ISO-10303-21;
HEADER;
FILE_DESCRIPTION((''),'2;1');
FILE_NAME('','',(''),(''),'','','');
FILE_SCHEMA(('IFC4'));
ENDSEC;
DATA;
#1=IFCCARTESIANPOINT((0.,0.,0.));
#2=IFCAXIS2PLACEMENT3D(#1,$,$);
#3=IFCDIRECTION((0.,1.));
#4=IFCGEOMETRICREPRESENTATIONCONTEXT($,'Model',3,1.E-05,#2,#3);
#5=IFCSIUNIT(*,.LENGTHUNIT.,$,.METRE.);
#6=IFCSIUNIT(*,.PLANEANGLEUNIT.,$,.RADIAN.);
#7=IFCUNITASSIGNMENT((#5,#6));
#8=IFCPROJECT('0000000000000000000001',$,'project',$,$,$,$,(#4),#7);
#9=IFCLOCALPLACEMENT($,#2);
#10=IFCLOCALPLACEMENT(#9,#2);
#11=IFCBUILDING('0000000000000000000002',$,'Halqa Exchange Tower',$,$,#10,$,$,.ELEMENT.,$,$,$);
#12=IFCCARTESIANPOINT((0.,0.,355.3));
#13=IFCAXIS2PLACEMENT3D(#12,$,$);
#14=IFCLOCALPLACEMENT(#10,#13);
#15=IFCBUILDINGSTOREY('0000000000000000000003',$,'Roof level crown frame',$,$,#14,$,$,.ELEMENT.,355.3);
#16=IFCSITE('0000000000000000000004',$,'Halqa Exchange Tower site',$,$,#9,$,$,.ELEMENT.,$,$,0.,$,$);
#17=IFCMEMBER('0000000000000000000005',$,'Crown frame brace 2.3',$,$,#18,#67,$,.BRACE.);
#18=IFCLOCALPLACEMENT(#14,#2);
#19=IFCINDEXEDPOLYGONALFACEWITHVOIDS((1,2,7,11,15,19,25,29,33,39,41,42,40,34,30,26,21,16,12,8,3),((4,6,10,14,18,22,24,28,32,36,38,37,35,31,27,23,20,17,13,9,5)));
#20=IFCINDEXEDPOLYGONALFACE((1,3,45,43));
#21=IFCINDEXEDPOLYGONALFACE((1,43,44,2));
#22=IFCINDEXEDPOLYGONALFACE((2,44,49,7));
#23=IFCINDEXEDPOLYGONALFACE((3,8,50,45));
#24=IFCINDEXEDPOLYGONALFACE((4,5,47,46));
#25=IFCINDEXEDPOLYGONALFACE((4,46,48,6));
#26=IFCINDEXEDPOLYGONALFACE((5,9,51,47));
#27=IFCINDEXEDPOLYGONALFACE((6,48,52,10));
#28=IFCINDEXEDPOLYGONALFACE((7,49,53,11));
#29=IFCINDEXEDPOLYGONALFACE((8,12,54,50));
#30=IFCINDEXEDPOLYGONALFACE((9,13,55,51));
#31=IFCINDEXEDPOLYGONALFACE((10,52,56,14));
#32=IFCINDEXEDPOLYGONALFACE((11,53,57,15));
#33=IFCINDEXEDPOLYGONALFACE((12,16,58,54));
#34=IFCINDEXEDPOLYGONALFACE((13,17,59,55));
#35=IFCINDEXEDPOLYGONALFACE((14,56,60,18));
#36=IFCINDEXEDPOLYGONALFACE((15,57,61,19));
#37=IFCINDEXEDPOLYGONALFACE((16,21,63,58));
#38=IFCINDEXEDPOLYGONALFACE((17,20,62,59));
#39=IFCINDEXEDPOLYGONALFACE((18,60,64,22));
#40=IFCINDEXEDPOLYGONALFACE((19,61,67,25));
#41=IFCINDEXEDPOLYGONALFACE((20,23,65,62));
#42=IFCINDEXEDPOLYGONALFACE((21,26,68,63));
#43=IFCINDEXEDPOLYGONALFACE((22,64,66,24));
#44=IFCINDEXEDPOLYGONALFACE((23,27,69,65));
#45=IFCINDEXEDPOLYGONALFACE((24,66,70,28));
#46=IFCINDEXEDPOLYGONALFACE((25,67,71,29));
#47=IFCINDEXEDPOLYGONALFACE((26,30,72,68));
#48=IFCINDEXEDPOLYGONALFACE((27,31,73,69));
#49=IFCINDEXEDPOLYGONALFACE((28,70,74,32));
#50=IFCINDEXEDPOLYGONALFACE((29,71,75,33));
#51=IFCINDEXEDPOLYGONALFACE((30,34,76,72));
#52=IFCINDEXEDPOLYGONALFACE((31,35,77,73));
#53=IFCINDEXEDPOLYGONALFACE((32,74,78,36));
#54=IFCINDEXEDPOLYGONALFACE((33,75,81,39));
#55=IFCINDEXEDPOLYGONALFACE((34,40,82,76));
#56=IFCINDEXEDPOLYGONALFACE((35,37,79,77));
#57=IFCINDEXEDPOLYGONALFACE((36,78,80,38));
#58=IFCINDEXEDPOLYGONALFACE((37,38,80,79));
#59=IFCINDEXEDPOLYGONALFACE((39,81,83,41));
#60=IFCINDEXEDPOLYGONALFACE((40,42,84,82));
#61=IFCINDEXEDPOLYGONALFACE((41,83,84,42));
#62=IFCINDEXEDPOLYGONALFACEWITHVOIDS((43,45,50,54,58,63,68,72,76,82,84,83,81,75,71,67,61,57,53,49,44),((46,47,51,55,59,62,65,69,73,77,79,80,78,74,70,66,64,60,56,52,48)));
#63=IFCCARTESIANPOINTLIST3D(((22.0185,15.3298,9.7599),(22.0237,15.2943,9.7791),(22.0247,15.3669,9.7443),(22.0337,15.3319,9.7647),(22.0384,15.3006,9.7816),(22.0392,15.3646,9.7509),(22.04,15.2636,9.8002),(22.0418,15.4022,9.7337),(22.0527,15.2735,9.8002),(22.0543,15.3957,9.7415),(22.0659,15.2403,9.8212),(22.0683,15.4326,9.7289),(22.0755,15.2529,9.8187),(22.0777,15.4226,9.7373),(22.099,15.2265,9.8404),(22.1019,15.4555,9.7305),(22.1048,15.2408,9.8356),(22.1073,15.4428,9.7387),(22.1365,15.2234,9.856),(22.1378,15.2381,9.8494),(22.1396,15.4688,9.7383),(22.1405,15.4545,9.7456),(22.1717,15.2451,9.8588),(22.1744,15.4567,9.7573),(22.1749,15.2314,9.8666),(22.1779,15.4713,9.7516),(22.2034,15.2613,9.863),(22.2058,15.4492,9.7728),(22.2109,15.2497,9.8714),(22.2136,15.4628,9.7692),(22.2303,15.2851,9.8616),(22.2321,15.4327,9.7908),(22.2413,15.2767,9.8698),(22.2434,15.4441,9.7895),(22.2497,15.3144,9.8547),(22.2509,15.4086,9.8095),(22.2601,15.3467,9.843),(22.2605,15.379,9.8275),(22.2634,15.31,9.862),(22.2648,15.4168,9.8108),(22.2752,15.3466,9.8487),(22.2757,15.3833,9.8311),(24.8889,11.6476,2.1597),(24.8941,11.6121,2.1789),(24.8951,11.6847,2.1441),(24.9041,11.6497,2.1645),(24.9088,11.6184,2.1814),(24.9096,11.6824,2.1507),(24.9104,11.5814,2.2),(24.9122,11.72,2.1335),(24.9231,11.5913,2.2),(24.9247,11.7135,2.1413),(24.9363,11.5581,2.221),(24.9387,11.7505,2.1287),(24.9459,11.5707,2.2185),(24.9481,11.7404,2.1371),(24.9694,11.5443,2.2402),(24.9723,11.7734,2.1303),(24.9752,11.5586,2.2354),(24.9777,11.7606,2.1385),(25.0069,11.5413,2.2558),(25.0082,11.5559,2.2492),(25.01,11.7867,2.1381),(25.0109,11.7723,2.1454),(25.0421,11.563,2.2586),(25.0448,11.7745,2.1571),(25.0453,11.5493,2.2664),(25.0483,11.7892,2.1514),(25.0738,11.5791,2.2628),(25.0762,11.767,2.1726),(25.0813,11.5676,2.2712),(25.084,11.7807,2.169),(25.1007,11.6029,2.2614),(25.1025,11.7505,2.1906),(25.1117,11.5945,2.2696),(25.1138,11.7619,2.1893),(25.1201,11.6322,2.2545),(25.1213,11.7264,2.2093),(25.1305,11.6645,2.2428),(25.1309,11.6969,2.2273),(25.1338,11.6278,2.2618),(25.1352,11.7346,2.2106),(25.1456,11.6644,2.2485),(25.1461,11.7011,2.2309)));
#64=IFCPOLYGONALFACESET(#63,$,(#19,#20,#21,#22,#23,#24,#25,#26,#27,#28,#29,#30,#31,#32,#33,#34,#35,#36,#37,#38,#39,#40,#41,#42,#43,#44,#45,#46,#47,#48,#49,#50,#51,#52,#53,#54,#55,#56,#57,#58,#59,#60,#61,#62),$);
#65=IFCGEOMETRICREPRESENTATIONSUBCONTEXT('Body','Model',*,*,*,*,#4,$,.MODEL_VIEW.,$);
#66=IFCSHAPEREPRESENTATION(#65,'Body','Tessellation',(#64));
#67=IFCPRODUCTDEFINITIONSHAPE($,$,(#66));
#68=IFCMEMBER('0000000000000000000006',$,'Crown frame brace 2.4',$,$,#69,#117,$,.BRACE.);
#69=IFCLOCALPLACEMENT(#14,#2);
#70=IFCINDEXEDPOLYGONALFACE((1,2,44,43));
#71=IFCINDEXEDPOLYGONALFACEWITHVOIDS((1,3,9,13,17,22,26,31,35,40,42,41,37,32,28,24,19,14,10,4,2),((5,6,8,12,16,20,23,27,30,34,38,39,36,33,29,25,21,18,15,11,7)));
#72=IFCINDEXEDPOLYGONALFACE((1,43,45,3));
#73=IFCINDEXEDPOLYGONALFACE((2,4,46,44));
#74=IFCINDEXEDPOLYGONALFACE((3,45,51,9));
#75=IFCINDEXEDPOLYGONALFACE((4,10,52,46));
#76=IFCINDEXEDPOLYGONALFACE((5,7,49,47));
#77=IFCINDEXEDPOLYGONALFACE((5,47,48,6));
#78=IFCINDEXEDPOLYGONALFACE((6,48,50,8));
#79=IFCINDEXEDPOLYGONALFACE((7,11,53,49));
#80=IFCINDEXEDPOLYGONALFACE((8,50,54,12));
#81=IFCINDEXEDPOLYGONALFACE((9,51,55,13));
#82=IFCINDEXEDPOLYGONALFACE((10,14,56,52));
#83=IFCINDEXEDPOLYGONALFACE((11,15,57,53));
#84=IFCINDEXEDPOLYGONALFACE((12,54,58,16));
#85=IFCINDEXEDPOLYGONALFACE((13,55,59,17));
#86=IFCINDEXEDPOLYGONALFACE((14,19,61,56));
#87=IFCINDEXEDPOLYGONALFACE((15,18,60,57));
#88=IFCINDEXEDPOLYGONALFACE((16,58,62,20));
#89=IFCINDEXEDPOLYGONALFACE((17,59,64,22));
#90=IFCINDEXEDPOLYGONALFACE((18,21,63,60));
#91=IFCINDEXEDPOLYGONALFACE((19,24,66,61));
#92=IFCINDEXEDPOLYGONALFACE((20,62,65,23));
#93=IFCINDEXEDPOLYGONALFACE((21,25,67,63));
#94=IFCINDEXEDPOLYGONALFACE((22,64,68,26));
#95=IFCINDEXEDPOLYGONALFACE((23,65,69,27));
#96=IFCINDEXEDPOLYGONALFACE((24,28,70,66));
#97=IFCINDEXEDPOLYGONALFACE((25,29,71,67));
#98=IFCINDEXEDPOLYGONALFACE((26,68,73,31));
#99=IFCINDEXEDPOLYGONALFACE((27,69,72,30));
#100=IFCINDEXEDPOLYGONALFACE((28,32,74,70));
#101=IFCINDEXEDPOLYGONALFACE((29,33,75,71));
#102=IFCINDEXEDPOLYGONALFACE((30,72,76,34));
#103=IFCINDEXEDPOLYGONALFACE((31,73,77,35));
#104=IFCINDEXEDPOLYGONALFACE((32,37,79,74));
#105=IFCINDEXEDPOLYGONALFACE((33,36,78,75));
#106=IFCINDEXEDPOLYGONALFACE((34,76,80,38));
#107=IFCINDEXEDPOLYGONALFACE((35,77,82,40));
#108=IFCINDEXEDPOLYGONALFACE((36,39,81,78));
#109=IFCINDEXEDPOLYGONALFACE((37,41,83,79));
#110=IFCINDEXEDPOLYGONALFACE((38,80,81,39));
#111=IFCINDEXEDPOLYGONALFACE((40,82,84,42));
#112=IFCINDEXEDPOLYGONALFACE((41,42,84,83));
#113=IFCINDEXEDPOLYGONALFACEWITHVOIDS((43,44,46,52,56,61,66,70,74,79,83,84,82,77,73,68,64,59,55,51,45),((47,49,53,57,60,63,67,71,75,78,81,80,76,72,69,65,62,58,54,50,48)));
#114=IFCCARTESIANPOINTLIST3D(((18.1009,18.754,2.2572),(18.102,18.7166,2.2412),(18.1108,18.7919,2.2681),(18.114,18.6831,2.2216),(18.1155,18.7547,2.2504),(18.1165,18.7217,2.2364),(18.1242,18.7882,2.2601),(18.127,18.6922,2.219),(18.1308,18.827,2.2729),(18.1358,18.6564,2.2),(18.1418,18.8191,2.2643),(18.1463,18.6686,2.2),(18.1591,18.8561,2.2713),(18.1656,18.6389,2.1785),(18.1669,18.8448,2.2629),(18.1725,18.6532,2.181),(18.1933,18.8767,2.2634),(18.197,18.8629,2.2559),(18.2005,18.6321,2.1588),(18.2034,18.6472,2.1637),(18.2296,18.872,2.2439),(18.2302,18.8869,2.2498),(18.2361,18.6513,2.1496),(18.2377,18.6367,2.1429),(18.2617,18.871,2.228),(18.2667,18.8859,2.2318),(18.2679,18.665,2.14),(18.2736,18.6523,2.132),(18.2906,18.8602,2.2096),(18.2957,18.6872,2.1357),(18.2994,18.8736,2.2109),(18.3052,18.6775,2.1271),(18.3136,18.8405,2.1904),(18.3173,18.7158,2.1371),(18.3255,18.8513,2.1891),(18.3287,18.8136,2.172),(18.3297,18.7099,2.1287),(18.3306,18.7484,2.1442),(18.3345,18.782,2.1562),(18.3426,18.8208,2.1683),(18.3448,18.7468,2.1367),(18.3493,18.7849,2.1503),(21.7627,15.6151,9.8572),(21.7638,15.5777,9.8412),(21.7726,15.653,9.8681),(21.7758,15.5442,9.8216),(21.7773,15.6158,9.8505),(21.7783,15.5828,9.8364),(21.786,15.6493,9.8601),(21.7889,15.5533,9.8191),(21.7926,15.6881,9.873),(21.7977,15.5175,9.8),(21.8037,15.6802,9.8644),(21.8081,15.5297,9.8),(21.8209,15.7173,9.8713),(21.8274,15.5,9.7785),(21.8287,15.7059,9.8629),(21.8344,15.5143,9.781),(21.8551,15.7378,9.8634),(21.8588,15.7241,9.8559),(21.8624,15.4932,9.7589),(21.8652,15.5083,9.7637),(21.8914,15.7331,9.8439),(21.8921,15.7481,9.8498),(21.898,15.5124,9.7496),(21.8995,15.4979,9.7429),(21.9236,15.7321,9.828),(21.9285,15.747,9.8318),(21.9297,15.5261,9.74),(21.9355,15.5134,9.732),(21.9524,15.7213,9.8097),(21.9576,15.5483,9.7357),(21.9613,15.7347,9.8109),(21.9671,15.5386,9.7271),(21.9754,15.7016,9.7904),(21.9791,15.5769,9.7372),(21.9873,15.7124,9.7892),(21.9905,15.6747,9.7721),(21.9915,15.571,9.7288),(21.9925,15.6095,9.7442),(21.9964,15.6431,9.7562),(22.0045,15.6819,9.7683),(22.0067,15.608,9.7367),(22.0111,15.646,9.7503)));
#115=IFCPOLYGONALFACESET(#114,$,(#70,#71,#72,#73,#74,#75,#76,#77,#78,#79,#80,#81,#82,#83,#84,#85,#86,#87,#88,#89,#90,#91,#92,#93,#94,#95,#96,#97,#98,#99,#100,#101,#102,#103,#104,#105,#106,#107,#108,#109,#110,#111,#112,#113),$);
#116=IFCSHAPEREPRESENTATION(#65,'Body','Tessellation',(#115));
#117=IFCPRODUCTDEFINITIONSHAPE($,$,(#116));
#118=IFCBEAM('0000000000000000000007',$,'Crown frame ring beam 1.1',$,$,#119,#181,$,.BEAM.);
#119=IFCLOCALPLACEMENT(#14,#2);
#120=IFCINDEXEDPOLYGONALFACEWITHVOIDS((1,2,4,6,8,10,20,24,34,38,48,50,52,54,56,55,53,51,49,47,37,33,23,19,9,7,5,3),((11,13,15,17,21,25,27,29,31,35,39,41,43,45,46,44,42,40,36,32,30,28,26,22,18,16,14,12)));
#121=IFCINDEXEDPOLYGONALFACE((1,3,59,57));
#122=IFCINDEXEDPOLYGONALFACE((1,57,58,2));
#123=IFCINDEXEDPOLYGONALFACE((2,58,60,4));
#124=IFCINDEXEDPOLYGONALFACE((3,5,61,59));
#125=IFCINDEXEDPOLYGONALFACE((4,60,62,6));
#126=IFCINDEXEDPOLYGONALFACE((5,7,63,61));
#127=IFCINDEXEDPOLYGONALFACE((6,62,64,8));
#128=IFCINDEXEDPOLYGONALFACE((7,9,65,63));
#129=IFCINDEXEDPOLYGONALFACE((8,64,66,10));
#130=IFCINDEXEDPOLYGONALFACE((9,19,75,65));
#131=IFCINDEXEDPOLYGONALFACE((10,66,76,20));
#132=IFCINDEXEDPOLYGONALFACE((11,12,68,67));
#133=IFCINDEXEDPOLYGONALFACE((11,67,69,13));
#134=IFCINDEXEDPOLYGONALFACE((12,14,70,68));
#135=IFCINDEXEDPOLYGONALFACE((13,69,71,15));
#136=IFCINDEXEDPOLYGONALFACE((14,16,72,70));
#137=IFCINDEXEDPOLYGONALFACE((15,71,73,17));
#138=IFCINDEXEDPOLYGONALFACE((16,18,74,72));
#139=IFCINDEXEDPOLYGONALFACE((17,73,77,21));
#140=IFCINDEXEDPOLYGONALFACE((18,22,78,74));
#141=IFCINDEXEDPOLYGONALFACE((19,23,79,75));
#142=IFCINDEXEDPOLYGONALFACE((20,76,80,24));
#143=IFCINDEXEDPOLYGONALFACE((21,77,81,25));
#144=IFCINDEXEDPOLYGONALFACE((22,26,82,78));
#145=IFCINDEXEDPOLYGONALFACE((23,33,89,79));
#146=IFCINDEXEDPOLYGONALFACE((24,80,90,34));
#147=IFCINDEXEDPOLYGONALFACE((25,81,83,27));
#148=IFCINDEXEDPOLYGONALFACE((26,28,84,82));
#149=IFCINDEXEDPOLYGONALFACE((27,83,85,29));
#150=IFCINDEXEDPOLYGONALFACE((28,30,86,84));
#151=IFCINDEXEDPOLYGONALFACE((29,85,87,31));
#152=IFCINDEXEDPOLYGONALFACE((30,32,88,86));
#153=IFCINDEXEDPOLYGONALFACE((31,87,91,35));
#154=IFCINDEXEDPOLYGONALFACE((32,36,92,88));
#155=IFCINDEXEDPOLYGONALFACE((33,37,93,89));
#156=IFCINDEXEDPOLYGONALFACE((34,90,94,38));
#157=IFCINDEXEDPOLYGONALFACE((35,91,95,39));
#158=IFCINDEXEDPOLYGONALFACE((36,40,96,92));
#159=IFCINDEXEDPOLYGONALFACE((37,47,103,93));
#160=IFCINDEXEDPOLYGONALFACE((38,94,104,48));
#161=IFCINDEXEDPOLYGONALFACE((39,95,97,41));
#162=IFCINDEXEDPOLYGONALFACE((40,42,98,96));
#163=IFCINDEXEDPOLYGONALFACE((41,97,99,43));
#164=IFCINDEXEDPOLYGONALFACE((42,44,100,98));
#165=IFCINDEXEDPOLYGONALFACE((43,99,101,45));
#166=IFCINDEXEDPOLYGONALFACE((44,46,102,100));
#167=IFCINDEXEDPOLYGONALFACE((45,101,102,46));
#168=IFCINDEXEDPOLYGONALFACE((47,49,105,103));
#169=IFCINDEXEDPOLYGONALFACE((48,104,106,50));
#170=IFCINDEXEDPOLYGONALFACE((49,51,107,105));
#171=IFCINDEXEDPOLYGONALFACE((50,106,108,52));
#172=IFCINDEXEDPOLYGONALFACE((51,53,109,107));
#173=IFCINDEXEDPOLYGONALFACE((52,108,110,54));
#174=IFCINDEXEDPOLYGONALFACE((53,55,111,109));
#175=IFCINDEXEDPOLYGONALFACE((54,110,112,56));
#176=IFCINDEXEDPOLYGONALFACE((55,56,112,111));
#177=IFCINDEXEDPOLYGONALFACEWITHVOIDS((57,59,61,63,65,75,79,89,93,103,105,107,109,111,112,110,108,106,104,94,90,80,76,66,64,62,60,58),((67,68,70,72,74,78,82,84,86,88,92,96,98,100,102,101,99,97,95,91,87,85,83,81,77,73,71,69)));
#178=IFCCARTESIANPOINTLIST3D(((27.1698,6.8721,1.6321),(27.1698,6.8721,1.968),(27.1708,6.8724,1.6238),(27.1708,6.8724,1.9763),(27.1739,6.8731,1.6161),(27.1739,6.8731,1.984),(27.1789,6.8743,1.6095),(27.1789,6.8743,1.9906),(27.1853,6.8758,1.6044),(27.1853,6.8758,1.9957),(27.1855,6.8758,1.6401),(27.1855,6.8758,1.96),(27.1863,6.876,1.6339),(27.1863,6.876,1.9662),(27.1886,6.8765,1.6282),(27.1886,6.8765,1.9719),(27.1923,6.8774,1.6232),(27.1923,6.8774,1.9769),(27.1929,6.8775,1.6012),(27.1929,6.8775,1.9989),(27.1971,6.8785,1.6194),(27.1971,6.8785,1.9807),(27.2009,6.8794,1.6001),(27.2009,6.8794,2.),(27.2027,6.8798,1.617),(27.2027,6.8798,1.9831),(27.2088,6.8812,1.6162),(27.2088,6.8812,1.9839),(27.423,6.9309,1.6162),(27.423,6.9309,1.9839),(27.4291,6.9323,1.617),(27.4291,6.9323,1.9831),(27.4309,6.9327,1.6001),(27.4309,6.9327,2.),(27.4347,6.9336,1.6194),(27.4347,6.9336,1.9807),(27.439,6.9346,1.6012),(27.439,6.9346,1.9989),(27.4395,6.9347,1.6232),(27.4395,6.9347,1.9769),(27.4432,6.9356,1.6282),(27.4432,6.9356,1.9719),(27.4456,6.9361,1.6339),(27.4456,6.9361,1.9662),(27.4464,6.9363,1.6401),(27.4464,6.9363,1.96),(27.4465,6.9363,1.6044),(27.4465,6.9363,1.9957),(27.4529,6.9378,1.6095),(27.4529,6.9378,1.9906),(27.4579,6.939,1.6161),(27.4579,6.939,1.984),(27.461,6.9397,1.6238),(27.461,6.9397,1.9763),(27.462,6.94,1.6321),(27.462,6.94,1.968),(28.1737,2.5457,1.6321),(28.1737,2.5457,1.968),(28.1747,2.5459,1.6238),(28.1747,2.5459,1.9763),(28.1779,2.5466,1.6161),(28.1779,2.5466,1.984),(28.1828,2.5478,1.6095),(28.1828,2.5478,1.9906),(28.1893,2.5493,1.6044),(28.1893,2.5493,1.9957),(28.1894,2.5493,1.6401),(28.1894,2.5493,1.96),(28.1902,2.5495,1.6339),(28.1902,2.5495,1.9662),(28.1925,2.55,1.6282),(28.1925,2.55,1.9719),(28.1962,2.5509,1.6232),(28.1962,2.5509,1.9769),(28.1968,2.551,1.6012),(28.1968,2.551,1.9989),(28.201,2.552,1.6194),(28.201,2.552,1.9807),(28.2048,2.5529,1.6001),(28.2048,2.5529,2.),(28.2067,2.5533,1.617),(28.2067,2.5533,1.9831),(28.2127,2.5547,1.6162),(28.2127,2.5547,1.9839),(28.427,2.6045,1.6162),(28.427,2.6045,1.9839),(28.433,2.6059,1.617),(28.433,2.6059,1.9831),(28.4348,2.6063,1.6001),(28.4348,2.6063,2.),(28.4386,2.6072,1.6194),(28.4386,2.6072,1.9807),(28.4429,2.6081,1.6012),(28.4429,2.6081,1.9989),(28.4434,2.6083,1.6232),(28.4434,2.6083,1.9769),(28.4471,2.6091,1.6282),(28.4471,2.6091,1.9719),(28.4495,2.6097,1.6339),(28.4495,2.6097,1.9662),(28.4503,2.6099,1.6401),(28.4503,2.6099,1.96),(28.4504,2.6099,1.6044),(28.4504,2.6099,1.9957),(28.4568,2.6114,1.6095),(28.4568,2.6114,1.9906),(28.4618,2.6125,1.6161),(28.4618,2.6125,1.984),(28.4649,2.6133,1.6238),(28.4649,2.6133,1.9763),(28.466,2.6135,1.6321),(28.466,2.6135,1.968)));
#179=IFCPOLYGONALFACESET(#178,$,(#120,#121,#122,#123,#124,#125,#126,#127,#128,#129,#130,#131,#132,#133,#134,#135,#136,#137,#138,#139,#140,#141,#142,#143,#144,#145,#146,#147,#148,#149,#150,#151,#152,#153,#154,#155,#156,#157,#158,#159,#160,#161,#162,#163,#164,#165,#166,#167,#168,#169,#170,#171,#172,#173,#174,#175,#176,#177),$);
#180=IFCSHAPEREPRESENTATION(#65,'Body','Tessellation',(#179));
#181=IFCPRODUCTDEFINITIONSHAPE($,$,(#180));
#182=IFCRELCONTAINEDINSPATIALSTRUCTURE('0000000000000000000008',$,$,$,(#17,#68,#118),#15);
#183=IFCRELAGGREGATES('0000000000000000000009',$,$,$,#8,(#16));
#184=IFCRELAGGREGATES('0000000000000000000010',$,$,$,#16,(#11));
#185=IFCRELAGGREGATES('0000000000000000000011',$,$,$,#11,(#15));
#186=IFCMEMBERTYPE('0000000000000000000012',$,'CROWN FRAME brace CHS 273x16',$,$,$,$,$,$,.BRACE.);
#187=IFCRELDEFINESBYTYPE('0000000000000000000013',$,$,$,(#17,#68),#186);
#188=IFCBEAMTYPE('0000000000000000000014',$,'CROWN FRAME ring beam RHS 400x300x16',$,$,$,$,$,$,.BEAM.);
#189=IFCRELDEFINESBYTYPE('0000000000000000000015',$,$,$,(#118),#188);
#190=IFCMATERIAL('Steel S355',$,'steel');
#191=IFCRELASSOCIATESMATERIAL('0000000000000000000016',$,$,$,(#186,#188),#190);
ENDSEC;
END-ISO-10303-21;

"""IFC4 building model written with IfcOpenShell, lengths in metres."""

from ifc_helpers import new_model, si_unit, direction, frame, origin, origin_2d, place, context, subcontext, project, spatial, hollow_rectangle, hollow_circle, extrude, material, material_profile, profile_set, type_object, element, save


model = new_model("IFC4")

# Units and contexts
model_context = context("Model", 3, precision=1e-05, world=origin(), true_north=direction((0.0, 1.0)))
body_context = subcontext(model_context, "Body", "Model", "MODEL_VIEW")
ifc_project = project(units=[si_unit("LENGTHUNIT", "METRE"), si_unit("PLANEANGLEUNIT", "RADIAN")], contexts=[model_context])

# Site, building, storey
site_placement = place(None, origin())
site = spatial("IfcSite", under=ifc_project, at=site_placement, Name="Halqa Exchange Tower site", CompositionType="ELEMENT", RefElevation=0.0)
building_placement = place(site_placement, origin())
building = spatial("IfcBuilding", under=site, at=building_placement, Name="Halqa Exchange Tower", CompositionType="ELEMENT")
storey_placement = place(building_placement, frame((0.0, 0.0, 355.3)))
storey = spatial("IfcBuildingStorey", under=building, at=storey_placement, Name="Roof level crown frame", CompositionType="ELEMENT", Elevation=355.3)

# Shared definitions
ifc_material_1 = material(Name="Steel S355", Category="steel")

# Members
ifc_material_profile_1 = material_profile(ifc_material_1, hollow_circle(Radius=0.1365, WallThickness=0.0161, at=origin_2d()), Name="CHS 273x16")
ifc_profile_set_1 = profile_set([ifc_material_profile_1], Name="Steel S355")
member_type = type_object("IfcMemberType", Name="CROWN FRAME brace CHS 273x16", PredefinedType="BRACE", material=ifc_profile_set_1)
member_1_placement = place(storey_placement, frame((25.0181, 11.6653, 2.2), z_axis=(-0.321805, 0.412815, 0.852071), x_axis=(-0.788679, -0.614805, 0.0)))
element("IfcMember", 1, at=member_1_placement, inside=storey, type_object=member_type, Name="Crown frame brace 2.3", PredefinedType="BRACE", context=body_context, shape_type="SweptSolid", body=[
    extrude(hollow_circle(Radius=0.1365, WallThickness=0.0161, at=origin_2d()), origin(), (0.0, 0.0, 1.0), 8.9197),
])
member_2_placement = place(storey_placement, frame((21.8865, 15.6211, 9.8), z_axis=(-0.406815, 0.348718, -0.844333), x_axis=(-0.650812, -0.759239, 0.0)))
element("IfcMember", 2, at=member_2_placement, inside=storey, type_object=member_type, Name="Crown frame brace 2.4", PredefinedType="BRACE", context=body_context, shape_type="SweptSolid", body=[
    extrude(hollow_circle(Radius=0.1365, WallThickness=0.0161, at=origin_2d()), origin(), (0.0, 0.0, 1.0), 9.0012),
])

# Beam
ifc_material_profile_2 = material_profile(ifc_material_1, hollow_rectangle(XDim=0.3, YDim=0.3999, WallThickness=0.0161, InnerFilletRadius=0.0239, OuterFilletRadius=0.032, at=origin_2d()), Name="RHS 400x300x16")
ifc_profile_set_2 = profile_set([ifc_material_profile_2], Name="Steel S355")
beam_type = type_object("IfcBeamType", Name="CROWN FRAME ring beam RHS 400x300x16", PredefinedType="BEAM", material=ifc_profile_set_2)
beam_1_placement = place(storey_placement, frame((28.3198, 2.5796, 1.8), z_axis=(-0.226036, 0.974119, 0.0), x_axis=(-0.974119, -0.226036, 0.0)))
element("IfcBeam", 3, at=beam_1_placement, inside=storey, type_object=beam_type, Name="Crown frame ring beam 1.1", PredefinedType="BEAM", context=body_context, shape_type="SweptSolid", body=[
    extrude(hollow_rectangle(XDim=0.3, YDim=0.3999, WallThickness=0.0161, InnerFilletRadius=0.0239, OuterFilletRadius=0.032, at=origin_2d()), origin(), (0.0, 0.0, 1.0), 4.4414),
])

save(model, "model.ifc")
